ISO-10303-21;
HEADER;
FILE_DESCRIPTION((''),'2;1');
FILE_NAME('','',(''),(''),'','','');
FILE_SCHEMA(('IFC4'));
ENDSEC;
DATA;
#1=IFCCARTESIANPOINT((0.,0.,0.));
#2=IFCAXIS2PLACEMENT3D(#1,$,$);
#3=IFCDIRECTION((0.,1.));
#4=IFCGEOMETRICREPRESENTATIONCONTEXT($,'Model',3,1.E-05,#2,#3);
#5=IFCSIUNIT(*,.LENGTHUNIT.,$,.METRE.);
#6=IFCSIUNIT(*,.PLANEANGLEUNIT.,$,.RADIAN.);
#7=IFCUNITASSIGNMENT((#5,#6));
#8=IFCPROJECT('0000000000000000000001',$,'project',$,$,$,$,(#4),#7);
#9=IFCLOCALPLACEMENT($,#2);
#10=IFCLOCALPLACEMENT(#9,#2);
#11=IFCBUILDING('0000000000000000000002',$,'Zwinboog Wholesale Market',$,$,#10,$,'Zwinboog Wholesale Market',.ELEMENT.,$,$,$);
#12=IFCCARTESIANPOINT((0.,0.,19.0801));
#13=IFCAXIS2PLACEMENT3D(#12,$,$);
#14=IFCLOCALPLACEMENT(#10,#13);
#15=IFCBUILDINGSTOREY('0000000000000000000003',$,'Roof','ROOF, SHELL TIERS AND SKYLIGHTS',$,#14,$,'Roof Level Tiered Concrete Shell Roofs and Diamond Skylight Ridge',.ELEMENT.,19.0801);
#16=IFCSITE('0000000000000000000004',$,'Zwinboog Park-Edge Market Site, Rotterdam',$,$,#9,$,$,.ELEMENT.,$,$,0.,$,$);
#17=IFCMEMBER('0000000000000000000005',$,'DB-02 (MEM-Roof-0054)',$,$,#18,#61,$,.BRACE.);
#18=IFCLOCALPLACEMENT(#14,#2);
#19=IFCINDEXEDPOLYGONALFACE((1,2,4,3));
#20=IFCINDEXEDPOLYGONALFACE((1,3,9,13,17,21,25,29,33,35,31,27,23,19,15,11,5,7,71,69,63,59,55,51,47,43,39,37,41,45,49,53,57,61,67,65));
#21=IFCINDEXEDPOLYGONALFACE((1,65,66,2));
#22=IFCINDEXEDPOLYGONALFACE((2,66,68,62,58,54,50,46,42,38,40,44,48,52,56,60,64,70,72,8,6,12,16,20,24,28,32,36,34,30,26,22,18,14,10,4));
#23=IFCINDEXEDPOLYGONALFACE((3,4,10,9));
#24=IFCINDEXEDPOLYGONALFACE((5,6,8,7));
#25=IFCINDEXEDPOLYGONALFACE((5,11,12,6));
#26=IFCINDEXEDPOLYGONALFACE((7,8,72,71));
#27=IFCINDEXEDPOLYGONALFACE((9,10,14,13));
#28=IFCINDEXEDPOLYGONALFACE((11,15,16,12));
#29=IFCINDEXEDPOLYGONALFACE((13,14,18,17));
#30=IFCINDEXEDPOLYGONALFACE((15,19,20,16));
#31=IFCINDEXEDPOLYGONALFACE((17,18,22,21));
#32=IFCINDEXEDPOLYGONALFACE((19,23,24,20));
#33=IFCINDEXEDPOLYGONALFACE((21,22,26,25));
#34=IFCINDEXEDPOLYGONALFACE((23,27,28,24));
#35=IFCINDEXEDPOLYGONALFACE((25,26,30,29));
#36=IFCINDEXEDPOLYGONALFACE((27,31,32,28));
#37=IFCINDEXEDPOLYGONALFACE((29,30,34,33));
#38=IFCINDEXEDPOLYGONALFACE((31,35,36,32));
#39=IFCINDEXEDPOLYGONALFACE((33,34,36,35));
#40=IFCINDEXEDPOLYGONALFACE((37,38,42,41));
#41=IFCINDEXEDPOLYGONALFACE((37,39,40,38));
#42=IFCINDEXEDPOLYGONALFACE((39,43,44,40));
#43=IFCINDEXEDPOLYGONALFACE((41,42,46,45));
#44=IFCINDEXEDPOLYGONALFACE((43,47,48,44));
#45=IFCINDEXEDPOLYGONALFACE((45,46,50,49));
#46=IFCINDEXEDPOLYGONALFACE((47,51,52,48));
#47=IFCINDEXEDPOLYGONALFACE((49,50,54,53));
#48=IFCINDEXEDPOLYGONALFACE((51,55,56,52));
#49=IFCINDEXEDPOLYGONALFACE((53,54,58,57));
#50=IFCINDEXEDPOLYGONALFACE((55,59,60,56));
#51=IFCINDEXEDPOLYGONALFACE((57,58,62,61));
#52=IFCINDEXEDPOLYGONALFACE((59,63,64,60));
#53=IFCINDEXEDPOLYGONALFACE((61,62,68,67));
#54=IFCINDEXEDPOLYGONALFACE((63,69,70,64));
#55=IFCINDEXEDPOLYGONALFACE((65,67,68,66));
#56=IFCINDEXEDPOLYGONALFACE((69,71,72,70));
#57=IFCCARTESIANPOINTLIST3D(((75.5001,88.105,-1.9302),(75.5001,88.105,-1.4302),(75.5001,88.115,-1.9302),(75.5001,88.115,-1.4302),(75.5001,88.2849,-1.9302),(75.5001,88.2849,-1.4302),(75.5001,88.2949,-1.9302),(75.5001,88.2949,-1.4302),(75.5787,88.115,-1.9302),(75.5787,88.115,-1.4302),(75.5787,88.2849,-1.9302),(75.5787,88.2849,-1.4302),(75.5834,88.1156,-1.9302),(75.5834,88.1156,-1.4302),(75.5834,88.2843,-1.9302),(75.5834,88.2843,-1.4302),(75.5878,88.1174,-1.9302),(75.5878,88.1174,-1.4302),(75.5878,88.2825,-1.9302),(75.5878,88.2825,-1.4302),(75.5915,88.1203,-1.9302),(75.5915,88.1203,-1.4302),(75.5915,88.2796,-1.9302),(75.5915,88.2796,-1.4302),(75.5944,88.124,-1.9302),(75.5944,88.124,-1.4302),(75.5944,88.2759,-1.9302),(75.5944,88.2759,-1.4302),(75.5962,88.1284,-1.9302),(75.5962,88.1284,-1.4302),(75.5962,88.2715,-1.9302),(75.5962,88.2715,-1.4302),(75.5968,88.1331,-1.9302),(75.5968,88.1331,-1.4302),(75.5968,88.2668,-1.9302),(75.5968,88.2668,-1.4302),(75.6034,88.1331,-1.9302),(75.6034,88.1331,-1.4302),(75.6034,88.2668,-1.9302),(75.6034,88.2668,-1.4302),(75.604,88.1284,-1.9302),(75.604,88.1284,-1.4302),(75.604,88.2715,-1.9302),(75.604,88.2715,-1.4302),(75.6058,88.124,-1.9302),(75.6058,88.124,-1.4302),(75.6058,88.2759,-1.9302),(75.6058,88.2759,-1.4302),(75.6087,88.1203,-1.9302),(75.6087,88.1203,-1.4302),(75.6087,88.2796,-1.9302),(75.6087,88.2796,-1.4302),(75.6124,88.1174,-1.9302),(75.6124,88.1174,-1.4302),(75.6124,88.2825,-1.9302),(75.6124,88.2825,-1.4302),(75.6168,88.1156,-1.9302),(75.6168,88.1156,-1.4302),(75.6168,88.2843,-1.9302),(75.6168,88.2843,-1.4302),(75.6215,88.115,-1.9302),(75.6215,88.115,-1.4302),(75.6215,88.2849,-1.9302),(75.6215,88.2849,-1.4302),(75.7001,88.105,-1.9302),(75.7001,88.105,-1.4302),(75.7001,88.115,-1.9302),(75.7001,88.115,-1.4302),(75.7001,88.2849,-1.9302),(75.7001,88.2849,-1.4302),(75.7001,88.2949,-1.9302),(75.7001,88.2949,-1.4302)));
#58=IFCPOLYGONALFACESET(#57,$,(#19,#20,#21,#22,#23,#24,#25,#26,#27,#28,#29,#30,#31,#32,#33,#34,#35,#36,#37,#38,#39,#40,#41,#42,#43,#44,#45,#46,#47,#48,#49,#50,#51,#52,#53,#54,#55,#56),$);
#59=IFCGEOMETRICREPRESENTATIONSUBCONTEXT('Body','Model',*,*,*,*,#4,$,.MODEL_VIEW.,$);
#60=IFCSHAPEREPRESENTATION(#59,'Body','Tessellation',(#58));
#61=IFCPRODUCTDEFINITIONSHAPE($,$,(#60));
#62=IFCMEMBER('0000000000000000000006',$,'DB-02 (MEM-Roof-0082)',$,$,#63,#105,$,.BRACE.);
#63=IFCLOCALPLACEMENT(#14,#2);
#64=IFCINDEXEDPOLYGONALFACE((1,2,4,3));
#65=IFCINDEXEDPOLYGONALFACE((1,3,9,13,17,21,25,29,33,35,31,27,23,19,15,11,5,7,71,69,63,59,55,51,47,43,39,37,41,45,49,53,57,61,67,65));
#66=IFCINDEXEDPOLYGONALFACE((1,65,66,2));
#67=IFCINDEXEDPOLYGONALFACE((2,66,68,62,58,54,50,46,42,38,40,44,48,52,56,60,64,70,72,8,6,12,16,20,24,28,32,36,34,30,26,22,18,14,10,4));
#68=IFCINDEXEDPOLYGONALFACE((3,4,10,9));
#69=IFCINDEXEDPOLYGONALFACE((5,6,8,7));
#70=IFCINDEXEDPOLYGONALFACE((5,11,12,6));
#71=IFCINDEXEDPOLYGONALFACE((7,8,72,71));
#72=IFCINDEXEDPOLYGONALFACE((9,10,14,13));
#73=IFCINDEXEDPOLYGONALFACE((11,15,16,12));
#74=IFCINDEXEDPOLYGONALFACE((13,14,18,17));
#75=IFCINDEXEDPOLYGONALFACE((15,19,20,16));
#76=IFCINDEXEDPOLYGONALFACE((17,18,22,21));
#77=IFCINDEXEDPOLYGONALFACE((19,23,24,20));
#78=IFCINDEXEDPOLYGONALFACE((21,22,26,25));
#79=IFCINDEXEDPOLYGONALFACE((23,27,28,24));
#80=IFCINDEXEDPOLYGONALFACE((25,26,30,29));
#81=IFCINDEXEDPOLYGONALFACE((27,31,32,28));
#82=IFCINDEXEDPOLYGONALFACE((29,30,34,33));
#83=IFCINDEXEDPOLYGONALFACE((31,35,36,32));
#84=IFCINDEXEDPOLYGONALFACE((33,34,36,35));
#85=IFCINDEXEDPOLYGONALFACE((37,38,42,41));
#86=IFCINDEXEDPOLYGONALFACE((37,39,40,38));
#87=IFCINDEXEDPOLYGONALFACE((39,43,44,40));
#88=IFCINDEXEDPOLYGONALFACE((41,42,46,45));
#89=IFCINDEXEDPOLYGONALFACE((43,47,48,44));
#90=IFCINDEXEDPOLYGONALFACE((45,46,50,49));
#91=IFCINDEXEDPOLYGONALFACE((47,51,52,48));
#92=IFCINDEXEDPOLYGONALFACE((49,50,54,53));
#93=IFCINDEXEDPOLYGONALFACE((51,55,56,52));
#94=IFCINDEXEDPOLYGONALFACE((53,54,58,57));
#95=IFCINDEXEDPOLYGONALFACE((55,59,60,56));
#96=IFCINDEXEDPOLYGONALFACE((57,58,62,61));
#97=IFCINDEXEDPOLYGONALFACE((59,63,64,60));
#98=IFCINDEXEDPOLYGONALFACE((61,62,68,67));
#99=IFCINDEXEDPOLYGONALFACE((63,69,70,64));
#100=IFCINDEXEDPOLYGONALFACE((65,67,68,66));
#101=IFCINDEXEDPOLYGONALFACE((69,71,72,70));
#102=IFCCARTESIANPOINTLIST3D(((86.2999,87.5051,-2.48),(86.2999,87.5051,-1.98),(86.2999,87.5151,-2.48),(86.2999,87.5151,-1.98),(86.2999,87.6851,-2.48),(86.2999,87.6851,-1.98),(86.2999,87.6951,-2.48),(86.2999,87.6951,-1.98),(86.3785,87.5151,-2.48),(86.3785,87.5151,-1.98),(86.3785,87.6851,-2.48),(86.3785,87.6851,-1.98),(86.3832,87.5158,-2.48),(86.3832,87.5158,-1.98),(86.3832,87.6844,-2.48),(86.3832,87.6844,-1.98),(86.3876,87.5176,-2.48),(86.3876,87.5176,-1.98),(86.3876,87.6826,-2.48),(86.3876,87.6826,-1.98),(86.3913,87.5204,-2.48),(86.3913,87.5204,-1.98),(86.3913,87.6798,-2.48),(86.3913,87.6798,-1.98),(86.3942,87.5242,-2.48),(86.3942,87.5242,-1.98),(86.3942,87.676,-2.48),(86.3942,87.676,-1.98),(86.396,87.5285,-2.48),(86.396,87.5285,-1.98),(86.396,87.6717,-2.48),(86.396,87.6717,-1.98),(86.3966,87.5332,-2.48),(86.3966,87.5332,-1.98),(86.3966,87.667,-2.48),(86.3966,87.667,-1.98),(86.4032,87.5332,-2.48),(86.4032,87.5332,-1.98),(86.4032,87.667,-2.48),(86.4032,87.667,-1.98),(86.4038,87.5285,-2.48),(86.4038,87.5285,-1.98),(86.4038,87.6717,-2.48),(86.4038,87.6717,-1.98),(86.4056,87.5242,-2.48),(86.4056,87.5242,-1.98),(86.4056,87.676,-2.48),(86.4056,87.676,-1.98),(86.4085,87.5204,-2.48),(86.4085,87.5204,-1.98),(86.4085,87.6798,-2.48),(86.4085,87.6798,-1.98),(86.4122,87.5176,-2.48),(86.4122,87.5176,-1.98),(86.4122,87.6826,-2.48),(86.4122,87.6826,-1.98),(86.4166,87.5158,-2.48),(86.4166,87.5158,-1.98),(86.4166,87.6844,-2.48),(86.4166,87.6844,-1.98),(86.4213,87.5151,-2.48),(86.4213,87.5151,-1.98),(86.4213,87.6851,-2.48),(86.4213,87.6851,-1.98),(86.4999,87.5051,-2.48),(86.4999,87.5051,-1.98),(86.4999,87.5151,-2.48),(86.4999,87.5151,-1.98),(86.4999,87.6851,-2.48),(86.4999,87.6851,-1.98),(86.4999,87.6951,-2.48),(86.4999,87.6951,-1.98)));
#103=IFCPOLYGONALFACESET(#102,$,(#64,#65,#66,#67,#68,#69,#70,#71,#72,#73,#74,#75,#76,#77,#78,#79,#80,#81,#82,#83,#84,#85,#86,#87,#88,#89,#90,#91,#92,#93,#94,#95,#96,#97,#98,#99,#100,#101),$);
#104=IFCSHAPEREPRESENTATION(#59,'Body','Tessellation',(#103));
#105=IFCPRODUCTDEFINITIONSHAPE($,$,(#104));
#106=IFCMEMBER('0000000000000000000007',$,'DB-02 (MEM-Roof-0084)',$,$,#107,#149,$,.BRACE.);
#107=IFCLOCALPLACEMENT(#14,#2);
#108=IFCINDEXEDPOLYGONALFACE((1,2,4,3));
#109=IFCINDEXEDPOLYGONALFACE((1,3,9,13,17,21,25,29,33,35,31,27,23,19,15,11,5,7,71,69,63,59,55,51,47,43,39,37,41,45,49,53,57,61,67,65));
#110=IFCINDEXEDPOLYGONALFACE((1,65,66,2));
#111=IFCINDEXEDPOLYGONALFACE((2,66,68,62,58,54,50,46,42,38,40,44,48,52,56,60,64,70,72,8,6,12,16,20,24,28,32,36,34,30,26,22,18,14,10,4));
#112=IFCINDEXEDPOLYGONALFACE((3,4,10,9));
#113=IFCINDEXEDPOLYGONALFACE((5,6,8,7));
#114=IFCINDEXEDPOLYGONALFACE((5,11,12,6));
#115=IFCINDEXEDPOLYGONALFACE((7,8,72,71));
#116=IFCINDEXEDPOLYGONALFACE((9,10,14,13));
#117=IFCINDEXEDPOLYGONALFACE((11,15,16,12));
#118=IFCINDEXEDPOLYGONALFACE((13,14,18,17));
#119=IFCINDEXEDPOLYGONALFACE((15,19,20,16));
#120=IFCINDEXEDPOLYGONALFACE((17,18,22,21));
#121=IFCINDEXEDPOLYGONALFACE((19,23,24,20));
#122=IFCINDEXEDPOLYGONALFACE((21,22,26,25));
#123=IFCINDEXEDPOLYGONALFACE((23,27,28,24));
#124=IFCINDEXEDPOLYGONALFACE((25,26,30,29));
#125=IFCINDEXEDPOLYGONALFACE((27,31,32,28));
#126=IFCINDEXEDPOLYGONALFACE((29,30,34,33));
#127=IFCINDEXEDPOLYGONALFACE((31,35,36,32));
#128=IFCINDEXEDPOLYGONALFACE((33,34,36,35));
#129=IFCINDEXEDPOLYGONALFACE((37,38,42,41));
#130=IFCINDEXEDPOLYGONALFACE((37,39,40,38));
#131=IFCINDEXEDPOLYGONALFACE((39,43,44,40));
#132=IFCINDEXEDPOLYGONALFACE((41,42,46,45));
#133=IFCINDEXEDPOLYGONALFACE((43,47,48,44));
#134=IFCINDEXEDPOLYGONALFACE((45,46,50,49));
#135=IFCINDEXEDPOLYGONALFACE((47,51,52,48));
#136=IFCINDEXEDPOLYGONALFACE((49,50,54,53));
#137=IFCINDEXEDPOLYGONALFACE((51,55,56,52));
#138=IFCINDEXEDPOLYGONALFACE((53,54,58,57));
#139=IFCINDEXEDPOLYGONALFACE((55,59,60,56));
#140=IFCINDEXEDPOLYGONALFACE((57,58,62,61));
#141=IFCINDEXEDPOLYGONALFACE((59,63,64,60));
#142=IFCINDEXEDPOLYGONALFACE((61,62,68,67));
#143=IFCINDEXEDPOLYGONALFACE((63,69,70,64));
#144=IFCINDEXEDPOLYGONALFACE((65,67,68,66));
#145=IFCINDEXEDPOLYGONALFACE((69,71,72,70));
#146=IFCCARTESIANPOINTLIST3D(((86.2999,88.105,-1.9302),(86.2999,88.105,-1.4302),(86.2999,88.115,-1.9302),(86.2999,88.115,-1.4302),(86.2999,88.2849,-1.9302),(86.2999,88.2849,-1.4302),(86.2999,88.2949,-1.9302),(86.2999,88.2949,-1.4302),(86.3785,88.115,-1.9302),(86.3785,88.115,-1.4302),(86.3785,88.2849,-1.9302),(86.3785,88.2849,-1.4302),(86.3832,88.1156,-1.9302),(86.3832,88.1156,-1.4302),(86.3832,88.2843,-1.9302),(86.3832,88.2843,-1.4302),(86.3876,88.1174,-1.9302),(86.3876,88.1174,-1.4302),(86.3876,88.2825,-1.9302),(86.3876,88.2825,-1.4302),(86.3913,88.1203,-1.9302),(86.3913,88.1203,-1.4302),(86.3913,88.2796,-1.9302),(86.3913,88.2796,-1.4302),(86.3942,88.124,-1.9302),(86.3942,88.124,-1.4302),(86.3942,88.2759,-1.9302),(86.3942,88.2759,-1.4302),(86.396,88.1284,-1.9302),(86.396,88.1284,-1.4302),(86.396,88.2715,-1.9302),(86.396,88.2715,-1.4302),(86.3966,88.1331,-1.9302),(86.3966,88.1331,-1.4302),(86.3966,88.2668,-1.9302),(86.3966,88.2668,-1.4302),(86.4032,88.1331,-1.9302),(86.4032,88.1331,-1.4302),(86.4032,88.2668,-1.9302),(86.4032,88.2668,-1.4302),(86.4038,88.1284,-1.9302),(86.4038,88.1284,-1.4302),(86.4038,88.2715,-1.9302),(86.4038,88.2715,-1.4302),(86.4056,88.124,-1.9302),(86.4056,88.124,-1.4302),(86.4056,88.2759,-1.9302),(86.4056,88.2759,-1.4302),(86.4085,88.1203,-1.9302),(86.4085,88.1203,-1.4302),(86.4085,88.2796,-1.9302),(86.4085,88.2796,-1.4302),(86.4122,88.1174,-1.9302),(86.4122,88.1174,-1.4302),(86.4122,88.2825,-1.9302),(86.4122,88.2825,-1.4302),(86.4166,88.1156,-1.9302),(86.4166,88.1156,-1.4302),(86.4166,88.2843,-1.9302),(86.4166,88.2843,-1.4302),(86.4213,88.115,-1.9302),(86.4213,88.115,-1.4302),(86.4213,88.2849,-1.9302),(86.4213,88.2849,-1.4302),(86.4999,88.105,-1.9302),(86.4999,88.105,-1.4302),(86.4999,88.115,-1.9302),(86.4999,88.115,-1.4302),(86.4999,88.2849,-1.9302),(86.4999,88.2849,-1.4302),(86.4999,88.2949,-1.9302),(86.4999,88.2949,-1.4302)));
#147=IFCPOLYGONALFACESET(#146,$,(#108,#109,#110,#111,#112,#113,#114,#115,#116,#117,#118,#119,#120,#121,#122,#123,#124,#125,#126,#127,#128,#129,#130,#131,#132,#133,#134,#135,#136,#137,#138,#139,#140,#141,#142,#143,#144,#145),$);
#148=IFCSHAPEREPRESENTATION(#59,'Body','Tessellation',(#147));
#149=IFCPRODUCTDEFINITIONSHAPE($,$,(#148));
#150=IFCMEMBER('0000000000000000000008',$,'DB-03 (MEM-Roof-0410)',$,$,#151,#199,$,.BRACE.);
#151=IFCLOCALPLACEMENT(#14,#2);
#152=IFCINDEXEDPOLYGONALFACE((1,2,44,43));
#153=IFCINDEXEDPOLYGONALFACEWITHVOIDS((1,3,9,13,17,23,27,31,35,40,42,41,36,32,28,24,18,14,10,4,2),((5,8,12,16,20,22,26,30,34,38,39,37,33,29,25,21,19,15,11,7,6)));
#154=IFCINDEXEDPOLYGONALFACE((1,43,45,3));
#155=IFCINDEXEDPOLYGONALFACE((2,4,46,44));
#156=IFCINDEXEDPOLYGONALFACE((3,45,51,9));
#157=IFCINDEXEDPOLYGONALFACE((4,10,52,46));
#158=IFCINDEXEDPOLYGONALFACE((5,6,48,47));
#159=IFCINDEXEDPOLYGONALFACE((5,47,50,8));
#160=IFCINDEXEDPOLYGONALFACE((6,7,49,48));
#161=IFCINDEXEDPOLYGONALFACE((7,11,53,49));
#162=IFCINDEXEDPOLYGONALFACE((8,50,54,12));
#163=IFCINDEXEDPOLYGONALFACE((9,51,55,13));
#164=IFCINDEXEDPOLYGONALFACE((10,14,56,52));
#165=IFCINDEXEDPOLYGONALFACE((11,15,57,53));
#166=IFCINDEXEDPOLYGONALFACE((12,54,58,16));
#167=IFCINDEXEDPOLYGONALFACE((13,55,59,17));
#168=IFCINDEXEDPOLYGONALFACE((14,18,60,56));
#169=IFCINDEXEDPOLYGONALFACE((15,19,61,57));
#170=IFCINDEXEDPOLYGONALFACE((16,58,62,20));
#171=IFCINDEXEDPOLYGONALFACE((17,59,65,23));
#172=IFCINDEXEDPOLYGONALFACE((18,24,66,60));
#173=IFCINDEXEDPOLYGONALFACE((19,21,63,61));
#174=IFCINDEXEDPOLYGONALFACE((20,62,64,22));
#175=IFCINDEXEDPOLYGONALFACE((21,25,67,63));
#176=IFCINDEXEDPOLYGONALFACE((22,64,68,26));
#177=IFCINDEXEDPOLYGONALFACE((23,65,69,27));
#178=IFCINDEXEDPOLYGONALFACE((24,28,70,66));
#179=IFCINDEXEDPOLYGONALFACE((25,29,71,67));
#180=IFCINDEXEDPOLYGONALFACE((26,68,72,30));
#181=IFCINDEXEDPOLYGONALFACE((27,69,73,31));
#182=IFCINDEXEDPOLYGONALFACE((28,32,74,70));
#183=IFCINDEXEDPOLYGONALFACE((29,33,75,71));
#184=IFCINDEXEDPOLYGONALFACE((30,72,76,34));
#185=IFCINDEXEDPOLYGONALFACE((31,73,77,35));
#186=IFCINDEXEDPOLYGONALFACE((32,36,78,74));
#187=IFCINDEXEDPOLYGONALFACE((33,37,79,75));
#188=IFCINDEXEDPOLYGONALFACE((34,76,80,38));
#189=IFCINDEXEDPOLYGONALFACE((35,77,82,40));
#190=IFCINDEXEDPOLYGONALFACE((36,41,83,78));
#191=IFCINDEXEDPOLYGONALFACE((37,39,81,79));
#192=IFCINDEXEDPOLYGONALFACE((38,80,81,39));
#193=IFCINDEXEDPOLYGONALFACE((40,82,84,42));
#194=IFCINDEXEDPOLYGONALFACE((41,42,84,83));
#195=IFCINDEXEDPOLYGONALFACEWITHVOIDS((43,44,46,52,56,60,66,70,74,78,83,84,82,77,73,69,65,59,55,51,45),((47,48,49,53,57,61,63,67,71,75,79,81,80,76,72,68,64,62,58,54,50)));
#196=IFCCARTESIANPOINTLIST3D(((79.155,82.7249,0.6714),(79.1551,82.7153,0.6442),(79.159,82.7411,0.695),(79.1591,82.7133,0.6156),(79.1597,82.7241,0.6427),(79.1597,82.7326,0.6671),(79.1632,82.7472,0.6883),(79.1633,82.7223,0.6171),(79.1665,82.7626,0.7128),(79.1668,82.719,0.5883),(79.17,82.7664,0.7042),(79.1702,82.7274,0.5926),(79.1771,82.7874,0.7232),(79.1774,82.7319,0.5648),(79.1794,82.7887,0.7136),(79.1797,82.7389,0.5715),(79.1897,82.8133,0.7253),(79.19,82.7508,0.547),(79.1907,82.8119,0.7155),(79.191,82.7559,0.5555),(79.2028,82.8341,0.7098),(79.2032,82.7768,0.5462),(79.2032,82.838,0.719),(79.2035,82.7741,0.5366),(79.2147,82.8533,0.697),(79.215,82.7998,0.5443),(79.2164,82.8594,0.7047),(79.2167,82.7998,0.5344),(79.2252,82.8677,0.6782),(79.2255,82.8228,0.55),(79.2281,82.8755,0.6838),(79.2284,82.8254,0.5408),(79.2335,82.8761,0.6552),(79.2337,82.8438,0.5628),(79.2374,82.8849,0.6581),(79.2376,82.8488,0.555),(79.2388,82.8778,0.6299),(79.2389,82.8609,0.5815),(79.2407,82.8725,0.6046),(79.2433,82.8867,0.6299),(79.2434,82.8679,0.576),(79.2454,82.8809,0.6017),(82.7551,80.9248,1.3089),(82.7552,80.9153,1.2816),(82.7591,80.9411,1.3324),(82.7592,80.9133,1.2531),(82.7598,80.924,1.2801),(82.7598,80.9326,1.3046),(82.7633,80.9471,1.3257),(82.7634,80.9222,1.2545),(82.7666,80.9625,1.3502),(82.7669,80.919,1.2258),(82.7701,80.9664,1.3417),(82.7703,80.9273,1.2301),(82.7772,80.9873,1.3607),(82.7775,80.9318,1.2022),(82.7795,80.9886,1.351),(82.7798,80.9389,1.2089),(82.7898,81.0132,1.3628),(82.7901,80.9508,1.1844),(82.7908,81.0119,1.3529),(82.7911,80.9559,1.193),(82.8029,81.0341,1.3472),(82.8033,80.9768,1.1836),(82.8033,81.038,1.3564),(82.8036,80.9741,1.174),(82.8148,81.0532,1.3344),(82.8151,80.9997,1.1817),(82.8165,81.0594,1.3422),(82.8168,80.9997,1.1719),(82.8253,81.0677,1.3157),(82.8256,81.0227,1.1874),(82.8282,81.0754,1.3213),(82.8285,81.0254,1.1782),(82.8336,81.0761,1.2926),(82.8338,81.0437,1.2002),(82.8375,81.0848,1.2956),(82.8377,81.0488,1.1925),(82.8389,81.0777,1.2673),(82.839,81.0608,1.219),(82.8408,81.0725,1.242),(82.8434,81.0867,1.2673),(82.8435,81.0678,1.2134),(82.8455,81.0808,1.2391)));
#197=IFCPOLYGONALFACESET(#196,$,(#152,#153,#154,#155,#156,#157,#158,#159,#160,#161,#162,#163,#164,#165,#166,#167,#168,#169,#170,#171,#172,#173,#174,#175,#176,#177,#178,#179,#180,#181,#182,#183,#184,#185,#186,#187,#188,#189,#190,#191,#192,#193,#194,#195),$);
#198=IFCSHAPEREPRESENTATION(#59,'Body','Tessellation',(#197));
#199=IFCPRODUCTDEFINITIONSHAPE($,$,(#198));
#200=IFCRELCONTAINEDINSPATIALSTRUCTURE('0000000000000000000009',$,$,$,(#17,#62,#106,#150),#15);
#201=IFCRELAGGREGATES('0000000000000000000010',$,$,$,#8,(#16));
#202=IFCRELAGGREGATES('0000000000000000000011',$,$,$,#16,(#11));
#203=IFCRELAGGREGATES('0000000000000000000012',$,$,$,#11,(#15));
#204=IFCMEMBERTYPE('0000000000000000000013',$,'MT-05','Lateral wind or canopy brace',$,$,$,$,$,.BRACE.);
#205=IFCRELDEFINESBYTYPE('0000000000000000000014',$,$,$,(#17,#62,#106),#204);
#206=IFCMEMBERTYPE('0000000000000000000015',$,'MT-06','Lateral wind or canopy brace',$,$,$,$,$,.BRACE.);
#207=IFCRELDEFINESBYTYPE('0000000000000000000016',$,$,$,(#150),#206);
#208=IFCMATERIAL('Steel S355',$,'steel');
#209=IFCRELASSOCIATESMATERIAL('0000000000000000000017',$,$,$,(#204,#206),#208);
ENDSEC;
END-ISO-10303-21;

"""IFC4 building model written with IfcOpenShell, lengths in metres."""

from ifc_helpers import new_model, si_unit, direction, frame, origin, origin_2d, place, context, subcontext, project, spatial, hollow_circle, i_section, extrude, material, material_profile, profile_set, type_object, element, save


model = new_model("IFC4")

# Units and contexts
model_context = context("Model", 3, precision=1e-05, world=origin(), true_north=direction((0.0, 1.0)))
body_context = subcontext(model_context, "Body", "Model", "MODEL_VIEW")
ifc_project = project(units=[si_unit("LENGTHUNIT", "METRE"), si_unit("PLANEANGLEUNIT", "RADIAN")], contexts=[model_context])

# Site, building, storey
site_placement = place(None, origin())
site = spatial("IfcSite", under=ifc_project, at=site_placement, Name="Zwinboog Park-Edge Market Site, Rotterdam", CompositionType="ELEMENT", RefElevation=0.0)
building_placement = place(site_placement, origin())
building = spatial("IfcBuilding", under=site, at=building_placement, Name="Zwinboog Wholesale Market", LongName="Zwinboog Wholesale Market", CompositionType="ELEMENT")
storey_placement = place(building_placement, frame((0.0, 0.0, 19.0801)))
storey = spatial("IfcBuildingStorey", under=building, at=storey_placement, Name="Roof", Description="ROOF, SHELL TIERS AND SKYLIGHTS", LongName="Roof Level Tiered Concrete Shell Roofs and Diamond Skylight Ridge", CompositionType="ELEMENT", Elevation=19.0801)

# Members
ifc_material_1 = material(Name="Steel S355", Category="steel")
ifc_material_profile_1 = material_profile(ifc_material_1, i_section(OverallWidth=0.2, OverallDepth=0.1899, WebThickness=0.0066, FlangeThickness=0.01, FilletRadius=0.0181, at=origin_2d()), Name="HEA 200")
ifc_profile_set_1 = profile_set([ifc_material_profile_1], Name="Steel S355")
member_type_1 = type_object("IfcMemberType", Name="MT-05", Description="Lateral wind or canopy brace", PredefinedType="BRACE", material=ifc_profile_set_1)
for number, where, z_axis, x_axis, name in (
    (1, (75.6001, 88.2, -1.9302), (0.0, 0.0, 1.0), (1.0, 0.0, 0.0), "DB-02 (MEM-Roof-0054)"),
    (2, (86.3999, 87.6001, -2.48), (0.0, 0.0, 1.0), (1.0, 0.0, 0.0), "DB-02 (MEM-Roof-0082)"),
    (3, (86.3999, 88.2, -1.9302), (0.0, 0.0, 1.0), (1.0, 0.0, 0.0), "DB-02 (MEM-Roof-0084)"),
):
    element("IfcMember", number, at=place(storey_placement, frame(where, z_axis=z_axis, x_axis=x_axis)), inside=storey, type_object=member_type_1, Name=name, PredefinedType="BRACE", context=body_context, shape_type="SweptSolid", body=[
        extrude(i_section(OverallWidth=0.2, OverallDepth=0.1899, WebThickness=0.0066, FlangeThickness=0.01, FilletRadius=0.0181, at=origin_2d()), origin(), (0.0, 0.0, 1.0), 0.5),
    ])
ifc_material_profile_2 = material_profile(ifc_material_1, hollow_circle(Radius=0.0969, WallThickness=0.01, at=origin_2d()), Name="CHS 193.7x10")
ifc_profile_set_2 = profile_set([ifc_material_profile_2], Name="Steel S355")
member_type_2 = type_object("IfcMemberType", Name="MT-06", Description="Lateral wind or canopy brace", PredefinedType="BRACE", material=ifc_profile_set_2)
for number, where, z_axis, x_axis, name in (
    (4, (79.2, 82.8, 0.6299), (0.883417, -0.441709, 0.156422), (0.447214, 0.894427, 0.0), "DB-03 (MEM-Roof-0410)"),
):
    element("IfcMember", number, at=place(storey_placement, frame(where, z_axis=z_axis, x_axis=x_axis)), inside=storey, type_object=member_type_2, Name=name, PredefinedType="BRACE", context=body_context, shape_type="SweptSolid", body=[
        extrude(hollow_circle(Radius=0.0969, WallThickness=0.01, at=origin_2d()), origin(), (0.0, 0.0, 1.0), 4.0752),
    ])

save(model, "model.ifc")
